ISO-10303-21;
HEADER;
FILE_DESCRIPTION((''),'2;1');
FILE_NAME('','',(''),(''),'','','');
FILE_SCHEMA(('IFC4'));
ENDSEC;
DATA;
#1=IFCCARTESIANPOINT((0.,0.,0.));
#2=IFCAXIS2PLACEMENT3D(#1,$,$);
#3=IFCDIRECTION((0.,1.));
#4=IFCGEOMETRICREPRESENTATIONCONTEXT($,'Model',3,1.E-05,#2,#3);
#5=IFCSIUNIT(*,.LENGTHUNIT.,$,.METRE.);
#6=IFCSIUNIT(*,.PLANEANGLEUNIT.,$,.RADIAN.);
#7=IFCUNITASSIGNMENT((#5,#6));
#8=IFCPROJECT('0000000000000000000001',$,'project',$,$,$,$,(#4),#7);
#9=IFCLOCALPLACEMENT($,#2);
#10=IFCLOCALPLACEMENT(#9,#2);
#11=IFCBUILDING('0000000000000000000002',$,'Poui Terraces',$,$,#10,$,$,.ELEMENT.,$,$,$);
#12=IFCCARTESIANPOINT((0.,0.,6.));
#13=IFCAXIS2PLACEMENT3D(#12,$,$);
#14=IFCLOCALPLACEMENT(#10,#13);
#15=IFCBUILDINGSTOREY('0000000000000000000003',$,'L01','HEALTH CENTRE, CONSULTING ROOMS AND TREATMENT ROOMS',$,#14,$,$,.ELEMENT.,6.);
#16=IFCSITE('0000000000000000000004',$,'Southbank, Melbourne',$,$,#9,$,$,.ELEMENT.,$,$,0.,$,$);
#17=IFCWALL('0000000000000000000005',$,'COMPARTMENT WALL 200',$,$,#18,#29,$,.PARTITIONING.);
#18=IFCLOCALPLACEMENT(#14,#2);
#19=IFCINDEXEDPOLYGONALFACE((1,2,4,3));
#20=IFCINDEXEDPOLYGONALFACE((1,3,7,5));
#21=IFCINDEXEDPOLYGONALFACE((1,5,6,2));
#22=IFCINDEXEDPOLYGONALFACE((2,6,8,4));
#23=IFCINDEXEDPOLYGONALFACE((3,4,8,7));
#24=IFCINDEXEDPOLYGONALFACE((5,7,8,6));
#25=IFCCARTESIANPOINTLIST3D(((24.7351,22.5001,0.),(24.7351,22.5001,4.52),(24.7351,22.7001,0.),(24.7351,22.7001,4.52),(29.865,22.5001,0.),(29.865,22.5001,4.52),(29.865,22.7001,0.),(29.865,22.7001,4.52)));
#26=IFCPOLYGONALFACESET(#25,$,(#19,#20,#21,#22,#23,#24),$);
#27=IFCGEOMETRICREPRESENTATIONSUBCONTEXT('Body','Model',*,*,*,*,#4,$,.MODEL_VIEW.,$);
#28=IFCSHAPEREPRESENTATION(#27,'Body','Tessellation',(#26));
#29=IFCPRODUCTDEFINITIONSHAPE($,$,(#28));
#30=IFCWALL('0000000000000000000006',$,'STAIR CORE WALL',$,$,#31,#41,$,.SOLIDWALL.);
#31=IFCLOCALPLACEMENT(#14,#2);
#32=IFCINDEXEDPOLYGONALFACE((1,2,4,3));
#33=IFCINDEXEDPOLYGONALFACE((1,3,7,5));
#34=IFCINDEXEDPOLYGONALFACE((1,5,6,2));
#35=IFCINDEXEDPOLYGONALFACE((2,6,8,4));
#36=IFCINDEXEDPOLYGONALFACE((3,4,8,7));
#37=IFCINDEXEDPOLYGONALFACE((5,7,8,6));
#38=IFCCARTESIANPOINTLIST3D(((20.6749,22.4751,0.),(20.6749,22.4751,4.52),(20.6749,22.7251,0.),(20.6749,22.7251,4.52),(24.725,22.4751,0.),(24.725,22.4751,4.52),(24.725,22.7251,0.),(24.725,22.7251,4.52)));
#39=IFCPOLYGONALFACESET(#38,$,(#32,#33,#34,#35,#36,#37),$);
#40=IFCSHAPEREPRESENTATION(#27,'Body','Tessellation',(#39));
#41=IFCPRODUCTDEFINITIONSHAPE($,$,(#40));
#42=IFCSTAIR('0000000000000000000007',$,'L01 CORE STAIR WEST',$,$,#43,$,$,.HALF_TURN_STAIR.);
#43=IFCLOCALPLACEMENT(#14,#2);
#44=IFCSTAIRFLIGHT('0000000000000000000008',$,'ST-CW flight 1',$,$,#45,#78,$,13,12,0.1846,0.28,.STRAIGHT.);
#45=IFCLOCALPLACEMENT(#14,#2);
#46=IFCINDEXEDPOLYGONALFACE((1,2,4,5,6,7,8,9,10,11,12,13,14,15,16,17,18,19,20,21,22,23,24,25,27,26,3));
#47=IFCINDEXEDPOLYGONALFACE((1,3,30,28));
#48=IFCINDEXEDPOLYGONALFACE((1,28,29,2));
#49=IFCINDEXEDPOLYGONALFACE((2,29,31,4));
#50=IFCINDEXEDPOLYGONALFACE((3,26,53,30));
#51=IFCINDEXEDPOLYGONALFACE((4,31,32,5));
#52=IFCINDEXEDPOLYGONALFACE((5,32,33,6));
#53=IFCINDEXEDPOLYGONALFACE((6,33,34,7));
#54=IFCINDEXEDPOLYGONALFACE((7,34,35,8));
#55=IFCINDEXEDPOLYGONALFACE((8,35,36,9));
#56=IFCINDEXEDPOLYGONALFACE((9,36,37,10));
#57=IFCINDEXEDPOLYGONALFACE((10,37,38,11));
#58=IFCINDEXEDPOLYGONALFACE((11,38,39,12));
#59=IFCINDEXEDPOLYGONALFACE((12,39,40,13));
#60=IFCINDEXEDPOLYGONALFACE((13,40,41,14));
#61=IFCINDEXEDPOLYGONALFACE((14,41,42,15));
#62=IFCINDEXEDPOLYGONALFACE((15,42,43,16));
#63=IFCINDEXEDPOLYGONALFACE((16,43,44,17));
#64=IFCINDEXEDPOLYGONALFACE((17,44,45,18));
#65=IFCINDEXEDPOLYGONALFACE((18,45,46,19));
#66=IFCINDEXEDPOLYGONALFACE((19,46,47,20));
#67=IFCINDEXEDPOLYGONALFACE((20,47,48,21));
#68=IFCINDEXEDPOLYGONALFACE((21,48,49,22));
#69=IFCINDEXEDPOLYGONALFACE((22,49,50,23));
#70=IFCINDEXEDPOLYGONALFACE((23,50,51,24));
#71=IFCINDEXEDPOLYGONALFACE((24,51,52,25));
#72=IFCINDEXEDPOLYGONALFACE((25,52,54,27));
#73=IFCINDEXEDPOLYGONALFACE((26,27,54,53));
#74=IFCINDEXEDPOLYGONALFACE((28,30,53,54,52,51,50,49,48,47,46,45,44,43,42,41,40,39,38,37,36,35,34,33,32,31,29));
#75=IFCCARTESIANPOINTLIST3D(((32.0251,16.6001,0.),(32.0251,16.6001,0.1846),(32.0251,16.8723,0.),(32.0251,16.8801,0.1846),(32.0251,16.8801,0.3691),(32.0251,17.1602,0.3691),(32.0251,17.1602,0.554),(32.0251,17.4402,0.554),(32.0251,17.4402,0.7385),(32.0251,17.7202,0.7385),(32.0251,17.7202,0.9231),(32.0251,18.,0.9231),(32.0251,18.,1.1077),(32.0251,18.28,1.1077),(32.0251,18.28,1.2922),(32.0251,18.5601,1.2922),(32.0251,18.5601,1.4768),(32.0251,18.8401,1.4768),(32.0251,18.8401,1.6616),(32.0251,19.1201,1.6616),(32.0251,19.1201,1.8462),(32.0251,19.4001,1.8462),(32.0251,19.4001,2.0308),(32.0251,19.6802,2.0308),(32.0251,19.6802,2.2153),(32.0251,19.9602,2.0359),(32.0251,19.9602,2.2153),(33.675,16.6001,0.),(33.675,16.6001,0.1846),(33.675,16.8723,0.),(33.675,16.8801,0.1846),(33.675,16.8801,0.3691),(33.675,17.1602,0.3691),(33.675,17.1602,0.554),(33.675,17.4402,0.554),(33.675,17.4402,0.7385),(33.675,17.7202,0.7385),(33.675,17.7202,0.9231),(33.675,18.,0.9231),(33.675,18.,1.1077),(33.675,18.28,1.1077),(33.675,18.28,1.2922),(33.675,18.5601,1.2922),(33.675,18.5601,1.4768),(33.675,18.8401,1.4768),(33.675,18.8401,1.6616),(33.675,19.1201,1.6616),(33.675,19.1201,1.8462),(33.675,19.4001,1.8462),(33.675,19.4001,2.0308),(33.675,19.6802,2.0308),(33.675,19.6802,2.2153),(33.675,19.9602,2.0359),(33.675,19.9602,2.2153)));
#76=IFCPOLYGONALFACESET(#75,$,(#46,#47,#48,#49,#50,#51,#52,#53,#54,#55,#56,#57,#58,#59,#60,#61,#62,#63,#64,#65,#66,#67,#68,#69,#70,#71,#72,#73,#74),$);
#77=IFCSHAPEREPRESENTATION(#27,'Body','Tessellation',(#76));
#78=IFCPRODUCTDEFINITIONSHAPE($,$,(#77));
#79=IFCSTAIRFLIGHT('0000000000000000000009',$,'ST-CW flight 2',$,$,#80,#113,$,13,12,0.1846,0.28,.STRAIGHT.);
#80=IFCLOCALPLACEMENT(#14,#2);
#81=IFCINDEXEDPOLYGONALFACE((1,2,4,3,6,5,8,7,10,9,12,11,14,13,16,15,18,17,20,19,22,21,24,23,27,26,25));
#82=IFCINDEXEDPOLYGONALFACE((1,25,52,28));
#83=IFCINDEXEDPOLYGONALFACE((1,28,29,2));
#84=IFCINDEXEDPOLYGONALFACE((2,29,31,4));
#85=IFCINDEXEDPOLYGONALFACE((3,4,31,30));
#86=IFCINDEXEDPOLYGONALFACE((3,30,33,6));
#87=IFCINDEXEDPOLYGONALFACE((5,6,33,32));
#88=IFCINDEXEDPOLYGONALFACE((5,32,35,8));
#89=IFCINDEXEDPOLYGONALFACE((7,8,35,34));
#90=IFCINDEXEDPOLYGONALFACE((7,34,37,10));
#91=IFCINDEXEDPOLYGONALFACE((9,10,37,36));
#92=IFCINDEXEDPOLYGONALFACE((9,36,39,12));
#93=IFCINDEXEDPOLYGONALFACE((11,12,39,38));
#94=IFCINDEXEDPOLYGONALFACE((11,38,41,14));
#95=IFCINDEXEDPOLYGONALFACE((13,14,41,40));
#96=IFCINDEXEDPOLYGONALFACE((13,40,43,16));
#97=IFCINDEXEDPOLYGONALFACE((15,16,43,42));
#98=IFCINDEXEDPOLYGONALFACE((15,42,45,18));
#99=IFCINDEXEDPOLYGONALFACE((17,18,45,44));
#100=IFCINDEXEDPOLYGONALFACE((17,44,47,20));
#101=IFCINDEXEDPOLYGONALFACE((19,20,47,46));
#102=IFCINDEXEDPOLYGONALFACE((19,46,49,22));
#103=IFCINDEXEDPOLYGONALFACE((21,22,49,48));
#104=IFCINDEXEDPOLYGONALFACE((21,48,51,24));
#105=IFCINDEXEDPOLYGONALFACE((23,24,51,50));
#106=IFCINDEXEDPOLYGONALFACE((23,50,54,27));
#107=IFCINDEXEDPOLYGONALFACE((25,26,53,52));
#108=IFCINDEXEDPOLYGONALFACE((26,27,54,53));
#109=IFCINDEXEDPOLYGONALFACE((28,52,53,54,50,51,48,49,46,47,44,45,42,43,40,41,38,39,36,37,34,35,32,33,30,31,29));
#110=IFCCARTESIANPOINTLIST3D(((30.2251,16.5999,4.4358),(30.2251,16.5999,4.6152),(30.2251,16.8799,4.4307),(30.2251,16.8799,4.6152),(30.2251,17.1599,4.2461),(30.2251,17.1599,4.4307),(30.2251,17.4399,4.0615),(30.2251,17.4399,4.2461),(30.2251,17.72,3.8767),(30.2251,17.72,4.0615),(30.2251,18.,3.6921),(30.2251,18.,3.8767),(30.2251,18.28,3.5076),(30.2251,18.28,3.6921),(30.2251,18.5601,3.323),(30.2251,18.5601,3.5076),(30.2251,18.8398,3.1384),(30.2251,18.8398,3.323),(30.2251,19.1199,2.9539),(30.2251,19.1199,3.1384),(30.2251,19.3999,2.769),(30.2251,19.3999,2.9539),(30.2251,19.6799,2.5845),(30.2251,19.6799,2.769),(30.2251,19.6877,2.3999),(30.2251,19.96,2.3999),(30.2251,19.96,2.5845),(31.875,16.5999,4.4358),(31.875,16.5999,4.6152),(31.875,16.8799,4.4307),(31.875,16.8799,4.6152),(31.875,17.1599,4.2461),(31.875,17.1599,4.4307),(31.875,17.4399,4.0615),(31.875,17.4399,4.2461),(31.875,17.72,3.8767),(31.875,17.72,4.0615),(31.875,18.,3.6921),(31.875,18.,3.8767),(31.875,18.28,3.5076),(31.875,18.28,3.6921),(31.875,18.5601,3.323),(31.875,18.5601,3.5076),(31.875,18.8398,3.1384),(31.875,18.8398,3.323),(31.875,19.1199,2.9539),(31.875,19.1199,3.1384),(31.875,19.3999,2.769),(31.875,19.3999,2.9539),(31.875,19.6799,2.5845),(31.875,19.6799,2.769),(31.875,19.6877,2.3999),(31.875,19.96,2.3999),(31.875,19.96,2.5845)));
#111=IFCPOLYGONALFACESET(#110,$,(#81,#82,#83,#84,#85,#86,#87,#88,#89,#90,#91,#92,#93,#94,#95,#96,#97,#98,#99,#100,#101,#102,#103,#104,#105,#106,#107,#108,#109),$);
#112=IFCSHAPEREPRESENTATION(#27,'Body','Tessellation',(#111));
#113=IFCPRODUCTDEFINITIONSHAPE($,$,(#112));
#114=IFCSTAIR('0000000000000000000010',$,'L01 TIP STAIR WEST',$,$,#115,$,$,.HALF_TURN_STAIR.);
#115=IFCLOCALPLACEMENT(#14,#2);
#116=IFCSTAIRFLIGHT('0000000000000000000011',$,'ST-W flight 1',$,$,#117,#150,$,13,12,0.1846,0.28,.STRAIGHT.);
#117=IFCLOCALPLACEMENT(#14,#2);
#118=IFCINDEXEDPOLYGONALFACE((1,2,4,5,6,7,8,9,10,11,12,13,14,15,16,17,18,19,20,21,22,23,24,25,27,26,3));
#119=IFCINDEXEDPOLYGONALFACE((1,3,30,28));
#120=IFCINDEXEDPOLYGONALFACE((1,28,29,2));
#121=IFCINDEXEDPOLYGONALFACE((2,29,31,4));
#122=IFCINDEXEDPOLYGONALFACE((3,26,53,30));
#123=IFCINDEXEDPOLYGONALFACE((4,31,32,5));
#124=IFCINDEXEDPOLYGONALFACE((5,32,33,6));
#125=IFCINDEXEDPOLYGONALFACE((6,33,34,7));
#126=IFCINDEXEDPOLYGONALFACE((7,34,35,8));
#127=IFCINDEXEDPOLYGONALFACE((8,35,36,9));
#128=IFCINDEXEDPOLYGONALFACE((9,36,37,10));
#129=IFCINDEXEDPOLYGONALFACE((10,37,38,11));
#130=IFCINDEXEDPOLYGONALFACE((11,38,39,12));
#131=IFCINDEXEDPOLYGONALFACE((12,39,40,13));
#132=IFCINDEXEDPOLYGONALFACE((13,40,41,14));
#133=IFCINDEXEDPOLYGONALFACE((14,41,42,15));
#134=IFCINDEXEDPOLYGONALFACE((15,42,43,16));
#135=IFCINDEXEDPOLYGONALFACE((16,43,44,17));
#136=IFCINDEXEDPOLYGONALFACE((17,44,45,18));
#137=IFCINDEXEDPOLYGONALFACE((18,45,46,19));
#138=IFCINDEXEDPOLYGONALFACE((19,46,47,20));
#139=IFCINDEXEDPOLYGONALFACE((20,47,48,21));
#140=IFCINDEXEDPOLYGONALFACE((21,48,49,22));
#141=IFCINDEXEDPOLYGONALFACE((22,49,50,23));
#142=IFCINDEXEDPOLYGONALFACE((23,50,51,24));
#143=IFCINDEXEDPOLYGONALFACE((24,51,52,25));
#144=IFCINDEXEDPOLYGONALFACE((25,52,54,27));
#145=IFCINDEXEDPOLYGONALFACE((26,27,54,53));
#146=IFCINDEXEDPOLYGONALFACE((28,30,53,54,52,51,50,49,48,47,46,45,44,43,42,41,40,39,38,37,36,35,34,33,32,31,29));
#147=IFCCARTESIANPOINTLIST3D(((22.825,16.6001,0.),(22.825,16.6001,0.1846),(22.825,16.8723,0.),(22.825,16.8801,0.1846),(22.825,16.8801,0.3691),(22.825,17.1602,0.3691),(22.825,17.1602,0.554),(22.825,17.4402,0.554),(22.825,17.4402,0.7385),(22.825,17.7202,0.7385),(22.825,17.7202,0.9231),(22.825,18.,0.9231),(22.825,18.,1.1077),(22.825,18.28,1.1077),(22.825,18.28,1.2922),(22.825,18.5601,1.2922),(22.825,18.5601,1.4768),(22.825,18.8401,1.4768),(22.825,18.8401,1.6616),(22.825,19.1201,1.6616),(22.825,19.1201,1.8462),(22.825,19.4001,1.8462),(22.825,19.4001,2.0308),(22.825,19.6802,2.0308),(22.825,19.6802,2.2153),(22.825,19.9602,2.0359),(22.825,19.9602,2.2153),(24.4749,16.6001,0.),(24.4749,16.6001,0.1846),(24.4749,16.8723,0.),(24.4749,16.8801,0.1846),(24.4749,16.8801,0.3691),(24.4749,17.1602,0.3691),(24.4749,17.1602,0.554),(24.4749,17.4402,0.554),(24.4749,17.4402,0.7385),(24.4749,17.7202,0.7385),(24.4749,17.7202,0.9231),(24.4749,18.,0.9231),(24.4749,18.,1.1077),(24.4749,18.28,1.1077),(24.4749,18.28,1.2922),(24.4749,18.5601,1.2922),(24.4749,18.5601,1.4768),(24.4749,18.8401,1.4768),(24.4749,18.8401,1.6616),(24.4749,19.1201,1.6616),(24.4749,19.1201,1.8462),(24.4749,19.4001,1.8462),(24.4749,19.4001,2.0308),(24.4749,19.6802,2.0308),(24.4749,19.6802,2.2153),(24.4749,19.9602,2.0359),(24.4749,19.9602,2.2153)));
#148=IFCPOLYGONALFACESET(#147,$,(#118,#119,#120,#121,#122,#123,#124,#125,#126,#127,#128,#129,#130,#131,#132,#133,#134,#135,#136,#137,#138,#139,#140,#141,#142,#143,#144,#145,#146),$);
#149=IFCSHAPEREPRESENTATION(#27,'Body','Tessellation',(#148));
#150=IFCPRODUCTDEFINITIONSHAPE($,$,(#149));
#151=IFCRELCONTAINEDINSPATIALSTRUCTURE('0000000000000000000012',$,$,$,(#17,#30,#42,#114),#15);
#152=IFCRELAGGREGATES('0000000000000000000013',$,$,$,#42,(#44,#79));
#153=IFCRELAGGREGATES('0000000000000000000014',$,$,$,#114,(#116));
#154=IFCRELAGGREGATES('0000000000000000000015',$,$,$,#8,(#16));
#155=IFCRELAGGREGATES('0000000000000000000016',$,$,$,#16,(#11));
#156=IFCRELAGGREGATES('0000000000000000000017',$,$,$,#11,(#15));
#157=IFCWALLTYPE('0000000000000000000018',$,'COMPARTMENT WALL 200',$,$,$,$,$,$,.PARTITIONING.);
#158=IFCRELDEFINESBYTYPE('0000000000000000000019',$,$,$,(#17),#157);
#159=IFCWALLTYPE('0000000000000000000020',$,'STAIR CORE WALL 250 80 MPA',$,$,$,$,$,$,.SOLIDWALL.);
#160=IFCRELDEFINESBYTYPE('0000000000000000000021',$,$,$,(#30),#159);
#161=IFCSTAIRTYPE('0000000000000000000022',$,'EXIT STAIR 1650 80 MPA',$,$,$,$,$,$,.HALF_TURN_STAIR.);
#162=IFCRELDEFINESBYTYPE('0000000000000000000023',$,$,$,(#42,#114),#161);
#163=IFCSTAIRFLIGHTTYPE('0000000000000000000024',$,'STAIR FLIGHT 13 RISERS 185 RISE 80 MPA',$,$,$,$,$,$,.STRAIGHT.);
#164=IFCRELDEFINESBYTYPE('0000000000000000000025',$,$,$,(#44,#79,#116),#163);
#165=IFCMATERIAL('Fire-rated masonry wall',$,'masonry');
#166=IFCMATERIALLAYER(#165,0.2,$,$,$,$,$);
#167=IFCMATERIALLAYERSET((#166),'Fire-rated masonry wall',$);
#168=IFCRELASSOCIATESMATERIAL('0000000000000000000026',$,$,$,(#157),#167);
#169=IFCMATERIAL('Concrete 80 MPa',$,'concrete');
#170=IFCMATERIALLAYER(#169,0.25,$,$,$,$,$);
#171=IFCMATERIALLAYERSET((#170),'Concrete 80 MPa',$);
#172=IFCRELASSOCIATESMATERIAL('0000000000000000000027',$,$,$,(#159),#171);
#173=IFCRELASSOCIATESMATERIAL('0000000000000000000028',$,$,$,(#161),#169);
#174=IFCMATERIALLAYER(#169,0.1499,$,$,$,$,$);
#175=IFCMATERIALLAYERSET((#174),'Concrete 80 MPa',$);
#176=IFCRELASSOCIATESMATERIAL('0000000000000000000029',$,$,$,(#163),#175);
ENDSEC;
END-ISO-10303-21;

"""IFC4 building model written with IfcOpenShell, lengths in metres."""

from ifc_helpers import new_model, si_unit, direction, frame, frame_2d, origin, place, context, subcontext, project, spatial, polyline, rectangle, outline, extrude, material, layer, layer_set, type_object, element, aggregate, save


model = new_model("IFC4")

# Units and contexts
model_context = context("Model", 3, precision=1e-05, world=origin(), true_north=direction((0.0, 1.0)))
body_context = subcontext(model_context, "Body", "Model", "MODEL_VIEW")
ifc_project = project(units=[si_unit("LENGTHUNIT", "METRE"), si_unit("PLANEANGLEUNIT", "RADIAN")], contexts=[model_context])

# Site, building, storey
site_placement = place(None, origin())
site = spatial("IfcSite", under=ifc_project, at=site_placement, Name="Southbank, Melbourne", CompositionType="ELEMENT", RefElevation=0.0)
building_placement = place(site_placement, origin())
building = spatial("IfcBuilding", under=site, at=building_placement, Name="Poui Terraces", CompositionType="ELEMENT")
storey_placement = place(building_placement, frame((0.0, 0.0, 6.0)))
storey = spatial("IfcBuildingStorey", under=building, at=storey_placement, Name="L01", Description="HEALTH CENTRE, CONSULTING ROOMS AND TREATMENT ROOMS", CompositionType="ELEMENT", Elevation=6.0)

# Wall
ifc_material_1 = material(Name="Fire-rated masonry wall", Category="masonry")
ifc_layer_1 = layer(ifc_material_1, 0.2)
ifc_layer_set_1 = layer_set([ifc_layer_1], Name="Fire-rated masonry wall")
wall_type_1 = type_object("IfcWallType", Name="COMPARTMENT WALL 200", PredefinedType="PARTITIONING", material=ifc_layer_set_1)
wall_1_placement = place(storey_placement, frame((24.7351, 22.6001, 0.0), z_axis=(0.0, 0.0, 1.0), x_axis=(1.0, 0.0, 0.0)))
element("IfcWall", 1, at=wall_1_placement, inside=storey, type_object=wall_type_1, Name="COMPARTMENT WALL 200", PredefinedType="PARTITIONING", context=body_context, shape_type="SweptSolid", body=[
    extrude(rectangle(XDim=5.1299, YDim=0.2, at=frame_2d((2.5649, 0.0))), origin(), (0.0, 0.0, 1.0), 4.52),
])

# Shared definitions
ifc_material_2 = material(Name="Concrete 80 MPa", Category="concrete")

# Wall
ifc_layer_2 = layer(ifc_material_2, 0.25)
ifc_layer_set_2 = layer_set([ifc_layer_2], Name="Concrete 80 MPa")
wall_type_2 = type_object("IfcWallType", Name="STAIR CORE WALL 250 80 MPA", PredefinedType="SOLIDWALL", material=ifc_layer_set_2)
wall_2_placement = place(storey_placement, frame((20.675, 22.6001, 0.0), z_axis=(0.0, 0.0, 1.0), x_axis=(1.0, 0.0, 0.0)))
element("IfcWall", 2, at=wall_2_placement, inside=storey, type_object=wall_type_2, Name="STAIR CORE WALL", PredefinedType="SOLIDWALL", context=body_context, shape_type="SweptSolid", body=[
    extrude(rectangle(XDim=4.05, YDim=0.25, at=frame_2d((2.0249, 0.0))), origin(), (0.0, 0.0, 1.0), 4.52),
])

# Stairs, stair flights
stair_type = type_object("IfcStairType", Name="EXIT STAIR 1650 80 MPA", PredefinedType="HALF_TURN_STAIR", material=ifc_material_2)
stair_1_placement = place(storey_placement, origin())
stair_1 = element("IfcStair", 3, at=stair_1_placement, inside=storey, type_object=stair_type, Name="L01 CORE STAIR WEST", PredefinedType="HALF_TURN_STAIR")
ifc_layer_3 = layer(ifc_material_2, 0.1499)
ifc_layer_set_3 = layer_set([ifc_layer_3], Name="Concrete 80 MPa")
stair_flight_type = type_object("IfcStairFlightType", Name="STAIR FLIGHT 13 RISERS 185 RISE 80 MPA", PredefinedType="STRAIGHT", material=ifc_layer_set_3)
stair_flight_1_placement = place(storey_placement, frame((32.8501, 16.6001, 0.0), z_axis=(0.0, 0.0, 1.0), x_axis=(0.0, 1.0, 0.0)))
stair_flight_1 = element("IfcStairFlight", 4, at=stair_flight_1_placement, type_object=stair_flight_type, Name="ST-CW flight 1", NumberOfRisers=13, NumberOfTreads=12, PredefinedType="STRAIGHT", RiserHeight=0.1846, TreadLength=0.28, context=body_context, shape_type="SweptSolid", body=[
    extrude(outline(polyline([(0.0, 0.0), (0.0, 0.1846), (0.28, 0.1846), (0.28, 0.3691), (0.5601, 0.3691), (0.5601, 0.554), (0.8401, 0.554), (0.8401, 0.7385), (1.1201, 0.7385), (1.1201, 0.9231), (1.3999, 0.9231), (1.3999, 1.1077), (1.6799, 1.1077), (1.6799, 1.2922), (1.96, 1.2922), (1.96, 1.4768), (2.24, 1.4768), (2.24, 1.6616), (2.52, 1.6616), (2.52, 1.8462), (2.8, 1.8462), (2.8, 2.0308), (3.0801, 2.0308), (3.0801, 2.2153), (3.3601, 2.2153), (3.3601, 2.3999), (3.3601, 2.0359), (0.2722, 0.0), (0.0, 0.0)])), frame((0.0, 0.825, 0.0), z_axis=(0.0, -1.0, 0.0), x_axis=(1.0, 0.0, 0.0)), (0.0, 0.0, 1.0), 1.6499),
])
stair_flight_2_placement = place(storey_placement, frame((31.05, 19.96, 2.3999), z_axis=(0.0, 0.0, 1.0), x_axis=(0.0, -1.0, 0.0)))
stair_flight_2 = element("IfcStairFlight", 5, at=stair_flight_2_placement, type_object=stair_flight_type, Name="ST-CW flight 2", NumberOfRisers=13, NumberOfTreads=12, PredefinedType="STRAIGHT", RiserHeight=0.1846, TreadLength=0.28, context=body_context, shape_type="SweptSolid", body=[
    extrude(outline(polyline([(0.0, 0.0), (0.0, 0.1846), (0.28, 0.1846), (0.28, 0.3691), (0.5601, 0.3691), (0.5601, 0.554), (0.8401, 0.554), (0.8401, 0.7385), (1.1201, 0.7385), (1.1201, 0.9231), (1.3999, 0.9231), (1.3999, 1.1077), (1.6799, 1.1077), (1.6799, 1.2922), (1.96, 1.2922), (1.96, 1.4768), (2.24, 1.4768), (2.24, 1.6616), (2.52, 1.6616), (2.52, 1.8462), (2.8, 1.8462), (2.8, 2.0308), (3.0801, 2.0308), (3.0801, 2.2153), (3.3601, 2.2153), (3.3601, 2.3999), (3.3601, 2.0359), (0.2722, 0.0), (0.0, 0.0)])), frame((0.0, 0.825, 0.0), z_axis=(0.0, -1.0, 0.0), x_axis=(1.0, 0.0, 0.0)), (0.0, 0.0, 1.0), 1.6499),
])
aggregate(stair_1, [stair_flight_1, stair_flight_2])
stair_2_placement = place(storey_placement, origin())
stair_2 = element("IfcStair", 6, at=stair_2_placement, inside=storey, type_object=stair_type, Name="L01 TIP STAIR WEST", PredefinedType="HALF_TURN_STAIR")
stair_flight_3_placement = place(storey_placement, frame((23.6499, 16.6001, 0.0), z_axis=(0.0, 0.0, 1.0), x_axis=(0.0, 1.0, 0.0)))
stair_flight_3 = element("IfcStairFlight", 7, at=stair_flight_3_placement, type_object=stair_flight_type, Name="ST-W flight 1", NumberOfRisers=13, NumberOfTreads=12, PredefinedType="STRAIGHT", RiserHeight=0.1846, TreadLength=0.28, context=body_context, shape_type="SweptSolid", body=[
    extrude(outline(polyline([(0.0, 0.0), (0.0, 0.1846), (0.28, 0.1846), (0.28, 0.3691), (0.5601, 0.3691), (0.5601, 0.554), (0.8401, 0.554), (0.8401, 0.7385), (1.1201, 0.7385), (1.1201, 0.9231), (1.3999, 0.9231), (1.3999, 1.1077), (1.6799, 1.1077), (1.6799, 1.2922), (1.96, 1.2922), (1.96, 1.4768), (2.24, 1.4768), (2.24, 1.6616), (2.52, 1.6616), (2.52, 1.8462), (2.8, 1.8462), (2.8, 2.0308), (3.0801, 2.0308), (3.0801, 2.2153), (3.3601, 2.2153), (3.3601, 2.3999), (3.3601, 2.0359), (0.2722, 0.0), (0.0, 0.0)])), frame((0.0, 0.825, 0.0), z_axis=(0.0, -1.0, 0.0), x_axis=(1.0, 0.0, 0.0)), (0.0, 0.0, 1.0), 1.6499),
])
aggregate(stair_2, [stair_flight_3])

save(model, "model.ifc")
